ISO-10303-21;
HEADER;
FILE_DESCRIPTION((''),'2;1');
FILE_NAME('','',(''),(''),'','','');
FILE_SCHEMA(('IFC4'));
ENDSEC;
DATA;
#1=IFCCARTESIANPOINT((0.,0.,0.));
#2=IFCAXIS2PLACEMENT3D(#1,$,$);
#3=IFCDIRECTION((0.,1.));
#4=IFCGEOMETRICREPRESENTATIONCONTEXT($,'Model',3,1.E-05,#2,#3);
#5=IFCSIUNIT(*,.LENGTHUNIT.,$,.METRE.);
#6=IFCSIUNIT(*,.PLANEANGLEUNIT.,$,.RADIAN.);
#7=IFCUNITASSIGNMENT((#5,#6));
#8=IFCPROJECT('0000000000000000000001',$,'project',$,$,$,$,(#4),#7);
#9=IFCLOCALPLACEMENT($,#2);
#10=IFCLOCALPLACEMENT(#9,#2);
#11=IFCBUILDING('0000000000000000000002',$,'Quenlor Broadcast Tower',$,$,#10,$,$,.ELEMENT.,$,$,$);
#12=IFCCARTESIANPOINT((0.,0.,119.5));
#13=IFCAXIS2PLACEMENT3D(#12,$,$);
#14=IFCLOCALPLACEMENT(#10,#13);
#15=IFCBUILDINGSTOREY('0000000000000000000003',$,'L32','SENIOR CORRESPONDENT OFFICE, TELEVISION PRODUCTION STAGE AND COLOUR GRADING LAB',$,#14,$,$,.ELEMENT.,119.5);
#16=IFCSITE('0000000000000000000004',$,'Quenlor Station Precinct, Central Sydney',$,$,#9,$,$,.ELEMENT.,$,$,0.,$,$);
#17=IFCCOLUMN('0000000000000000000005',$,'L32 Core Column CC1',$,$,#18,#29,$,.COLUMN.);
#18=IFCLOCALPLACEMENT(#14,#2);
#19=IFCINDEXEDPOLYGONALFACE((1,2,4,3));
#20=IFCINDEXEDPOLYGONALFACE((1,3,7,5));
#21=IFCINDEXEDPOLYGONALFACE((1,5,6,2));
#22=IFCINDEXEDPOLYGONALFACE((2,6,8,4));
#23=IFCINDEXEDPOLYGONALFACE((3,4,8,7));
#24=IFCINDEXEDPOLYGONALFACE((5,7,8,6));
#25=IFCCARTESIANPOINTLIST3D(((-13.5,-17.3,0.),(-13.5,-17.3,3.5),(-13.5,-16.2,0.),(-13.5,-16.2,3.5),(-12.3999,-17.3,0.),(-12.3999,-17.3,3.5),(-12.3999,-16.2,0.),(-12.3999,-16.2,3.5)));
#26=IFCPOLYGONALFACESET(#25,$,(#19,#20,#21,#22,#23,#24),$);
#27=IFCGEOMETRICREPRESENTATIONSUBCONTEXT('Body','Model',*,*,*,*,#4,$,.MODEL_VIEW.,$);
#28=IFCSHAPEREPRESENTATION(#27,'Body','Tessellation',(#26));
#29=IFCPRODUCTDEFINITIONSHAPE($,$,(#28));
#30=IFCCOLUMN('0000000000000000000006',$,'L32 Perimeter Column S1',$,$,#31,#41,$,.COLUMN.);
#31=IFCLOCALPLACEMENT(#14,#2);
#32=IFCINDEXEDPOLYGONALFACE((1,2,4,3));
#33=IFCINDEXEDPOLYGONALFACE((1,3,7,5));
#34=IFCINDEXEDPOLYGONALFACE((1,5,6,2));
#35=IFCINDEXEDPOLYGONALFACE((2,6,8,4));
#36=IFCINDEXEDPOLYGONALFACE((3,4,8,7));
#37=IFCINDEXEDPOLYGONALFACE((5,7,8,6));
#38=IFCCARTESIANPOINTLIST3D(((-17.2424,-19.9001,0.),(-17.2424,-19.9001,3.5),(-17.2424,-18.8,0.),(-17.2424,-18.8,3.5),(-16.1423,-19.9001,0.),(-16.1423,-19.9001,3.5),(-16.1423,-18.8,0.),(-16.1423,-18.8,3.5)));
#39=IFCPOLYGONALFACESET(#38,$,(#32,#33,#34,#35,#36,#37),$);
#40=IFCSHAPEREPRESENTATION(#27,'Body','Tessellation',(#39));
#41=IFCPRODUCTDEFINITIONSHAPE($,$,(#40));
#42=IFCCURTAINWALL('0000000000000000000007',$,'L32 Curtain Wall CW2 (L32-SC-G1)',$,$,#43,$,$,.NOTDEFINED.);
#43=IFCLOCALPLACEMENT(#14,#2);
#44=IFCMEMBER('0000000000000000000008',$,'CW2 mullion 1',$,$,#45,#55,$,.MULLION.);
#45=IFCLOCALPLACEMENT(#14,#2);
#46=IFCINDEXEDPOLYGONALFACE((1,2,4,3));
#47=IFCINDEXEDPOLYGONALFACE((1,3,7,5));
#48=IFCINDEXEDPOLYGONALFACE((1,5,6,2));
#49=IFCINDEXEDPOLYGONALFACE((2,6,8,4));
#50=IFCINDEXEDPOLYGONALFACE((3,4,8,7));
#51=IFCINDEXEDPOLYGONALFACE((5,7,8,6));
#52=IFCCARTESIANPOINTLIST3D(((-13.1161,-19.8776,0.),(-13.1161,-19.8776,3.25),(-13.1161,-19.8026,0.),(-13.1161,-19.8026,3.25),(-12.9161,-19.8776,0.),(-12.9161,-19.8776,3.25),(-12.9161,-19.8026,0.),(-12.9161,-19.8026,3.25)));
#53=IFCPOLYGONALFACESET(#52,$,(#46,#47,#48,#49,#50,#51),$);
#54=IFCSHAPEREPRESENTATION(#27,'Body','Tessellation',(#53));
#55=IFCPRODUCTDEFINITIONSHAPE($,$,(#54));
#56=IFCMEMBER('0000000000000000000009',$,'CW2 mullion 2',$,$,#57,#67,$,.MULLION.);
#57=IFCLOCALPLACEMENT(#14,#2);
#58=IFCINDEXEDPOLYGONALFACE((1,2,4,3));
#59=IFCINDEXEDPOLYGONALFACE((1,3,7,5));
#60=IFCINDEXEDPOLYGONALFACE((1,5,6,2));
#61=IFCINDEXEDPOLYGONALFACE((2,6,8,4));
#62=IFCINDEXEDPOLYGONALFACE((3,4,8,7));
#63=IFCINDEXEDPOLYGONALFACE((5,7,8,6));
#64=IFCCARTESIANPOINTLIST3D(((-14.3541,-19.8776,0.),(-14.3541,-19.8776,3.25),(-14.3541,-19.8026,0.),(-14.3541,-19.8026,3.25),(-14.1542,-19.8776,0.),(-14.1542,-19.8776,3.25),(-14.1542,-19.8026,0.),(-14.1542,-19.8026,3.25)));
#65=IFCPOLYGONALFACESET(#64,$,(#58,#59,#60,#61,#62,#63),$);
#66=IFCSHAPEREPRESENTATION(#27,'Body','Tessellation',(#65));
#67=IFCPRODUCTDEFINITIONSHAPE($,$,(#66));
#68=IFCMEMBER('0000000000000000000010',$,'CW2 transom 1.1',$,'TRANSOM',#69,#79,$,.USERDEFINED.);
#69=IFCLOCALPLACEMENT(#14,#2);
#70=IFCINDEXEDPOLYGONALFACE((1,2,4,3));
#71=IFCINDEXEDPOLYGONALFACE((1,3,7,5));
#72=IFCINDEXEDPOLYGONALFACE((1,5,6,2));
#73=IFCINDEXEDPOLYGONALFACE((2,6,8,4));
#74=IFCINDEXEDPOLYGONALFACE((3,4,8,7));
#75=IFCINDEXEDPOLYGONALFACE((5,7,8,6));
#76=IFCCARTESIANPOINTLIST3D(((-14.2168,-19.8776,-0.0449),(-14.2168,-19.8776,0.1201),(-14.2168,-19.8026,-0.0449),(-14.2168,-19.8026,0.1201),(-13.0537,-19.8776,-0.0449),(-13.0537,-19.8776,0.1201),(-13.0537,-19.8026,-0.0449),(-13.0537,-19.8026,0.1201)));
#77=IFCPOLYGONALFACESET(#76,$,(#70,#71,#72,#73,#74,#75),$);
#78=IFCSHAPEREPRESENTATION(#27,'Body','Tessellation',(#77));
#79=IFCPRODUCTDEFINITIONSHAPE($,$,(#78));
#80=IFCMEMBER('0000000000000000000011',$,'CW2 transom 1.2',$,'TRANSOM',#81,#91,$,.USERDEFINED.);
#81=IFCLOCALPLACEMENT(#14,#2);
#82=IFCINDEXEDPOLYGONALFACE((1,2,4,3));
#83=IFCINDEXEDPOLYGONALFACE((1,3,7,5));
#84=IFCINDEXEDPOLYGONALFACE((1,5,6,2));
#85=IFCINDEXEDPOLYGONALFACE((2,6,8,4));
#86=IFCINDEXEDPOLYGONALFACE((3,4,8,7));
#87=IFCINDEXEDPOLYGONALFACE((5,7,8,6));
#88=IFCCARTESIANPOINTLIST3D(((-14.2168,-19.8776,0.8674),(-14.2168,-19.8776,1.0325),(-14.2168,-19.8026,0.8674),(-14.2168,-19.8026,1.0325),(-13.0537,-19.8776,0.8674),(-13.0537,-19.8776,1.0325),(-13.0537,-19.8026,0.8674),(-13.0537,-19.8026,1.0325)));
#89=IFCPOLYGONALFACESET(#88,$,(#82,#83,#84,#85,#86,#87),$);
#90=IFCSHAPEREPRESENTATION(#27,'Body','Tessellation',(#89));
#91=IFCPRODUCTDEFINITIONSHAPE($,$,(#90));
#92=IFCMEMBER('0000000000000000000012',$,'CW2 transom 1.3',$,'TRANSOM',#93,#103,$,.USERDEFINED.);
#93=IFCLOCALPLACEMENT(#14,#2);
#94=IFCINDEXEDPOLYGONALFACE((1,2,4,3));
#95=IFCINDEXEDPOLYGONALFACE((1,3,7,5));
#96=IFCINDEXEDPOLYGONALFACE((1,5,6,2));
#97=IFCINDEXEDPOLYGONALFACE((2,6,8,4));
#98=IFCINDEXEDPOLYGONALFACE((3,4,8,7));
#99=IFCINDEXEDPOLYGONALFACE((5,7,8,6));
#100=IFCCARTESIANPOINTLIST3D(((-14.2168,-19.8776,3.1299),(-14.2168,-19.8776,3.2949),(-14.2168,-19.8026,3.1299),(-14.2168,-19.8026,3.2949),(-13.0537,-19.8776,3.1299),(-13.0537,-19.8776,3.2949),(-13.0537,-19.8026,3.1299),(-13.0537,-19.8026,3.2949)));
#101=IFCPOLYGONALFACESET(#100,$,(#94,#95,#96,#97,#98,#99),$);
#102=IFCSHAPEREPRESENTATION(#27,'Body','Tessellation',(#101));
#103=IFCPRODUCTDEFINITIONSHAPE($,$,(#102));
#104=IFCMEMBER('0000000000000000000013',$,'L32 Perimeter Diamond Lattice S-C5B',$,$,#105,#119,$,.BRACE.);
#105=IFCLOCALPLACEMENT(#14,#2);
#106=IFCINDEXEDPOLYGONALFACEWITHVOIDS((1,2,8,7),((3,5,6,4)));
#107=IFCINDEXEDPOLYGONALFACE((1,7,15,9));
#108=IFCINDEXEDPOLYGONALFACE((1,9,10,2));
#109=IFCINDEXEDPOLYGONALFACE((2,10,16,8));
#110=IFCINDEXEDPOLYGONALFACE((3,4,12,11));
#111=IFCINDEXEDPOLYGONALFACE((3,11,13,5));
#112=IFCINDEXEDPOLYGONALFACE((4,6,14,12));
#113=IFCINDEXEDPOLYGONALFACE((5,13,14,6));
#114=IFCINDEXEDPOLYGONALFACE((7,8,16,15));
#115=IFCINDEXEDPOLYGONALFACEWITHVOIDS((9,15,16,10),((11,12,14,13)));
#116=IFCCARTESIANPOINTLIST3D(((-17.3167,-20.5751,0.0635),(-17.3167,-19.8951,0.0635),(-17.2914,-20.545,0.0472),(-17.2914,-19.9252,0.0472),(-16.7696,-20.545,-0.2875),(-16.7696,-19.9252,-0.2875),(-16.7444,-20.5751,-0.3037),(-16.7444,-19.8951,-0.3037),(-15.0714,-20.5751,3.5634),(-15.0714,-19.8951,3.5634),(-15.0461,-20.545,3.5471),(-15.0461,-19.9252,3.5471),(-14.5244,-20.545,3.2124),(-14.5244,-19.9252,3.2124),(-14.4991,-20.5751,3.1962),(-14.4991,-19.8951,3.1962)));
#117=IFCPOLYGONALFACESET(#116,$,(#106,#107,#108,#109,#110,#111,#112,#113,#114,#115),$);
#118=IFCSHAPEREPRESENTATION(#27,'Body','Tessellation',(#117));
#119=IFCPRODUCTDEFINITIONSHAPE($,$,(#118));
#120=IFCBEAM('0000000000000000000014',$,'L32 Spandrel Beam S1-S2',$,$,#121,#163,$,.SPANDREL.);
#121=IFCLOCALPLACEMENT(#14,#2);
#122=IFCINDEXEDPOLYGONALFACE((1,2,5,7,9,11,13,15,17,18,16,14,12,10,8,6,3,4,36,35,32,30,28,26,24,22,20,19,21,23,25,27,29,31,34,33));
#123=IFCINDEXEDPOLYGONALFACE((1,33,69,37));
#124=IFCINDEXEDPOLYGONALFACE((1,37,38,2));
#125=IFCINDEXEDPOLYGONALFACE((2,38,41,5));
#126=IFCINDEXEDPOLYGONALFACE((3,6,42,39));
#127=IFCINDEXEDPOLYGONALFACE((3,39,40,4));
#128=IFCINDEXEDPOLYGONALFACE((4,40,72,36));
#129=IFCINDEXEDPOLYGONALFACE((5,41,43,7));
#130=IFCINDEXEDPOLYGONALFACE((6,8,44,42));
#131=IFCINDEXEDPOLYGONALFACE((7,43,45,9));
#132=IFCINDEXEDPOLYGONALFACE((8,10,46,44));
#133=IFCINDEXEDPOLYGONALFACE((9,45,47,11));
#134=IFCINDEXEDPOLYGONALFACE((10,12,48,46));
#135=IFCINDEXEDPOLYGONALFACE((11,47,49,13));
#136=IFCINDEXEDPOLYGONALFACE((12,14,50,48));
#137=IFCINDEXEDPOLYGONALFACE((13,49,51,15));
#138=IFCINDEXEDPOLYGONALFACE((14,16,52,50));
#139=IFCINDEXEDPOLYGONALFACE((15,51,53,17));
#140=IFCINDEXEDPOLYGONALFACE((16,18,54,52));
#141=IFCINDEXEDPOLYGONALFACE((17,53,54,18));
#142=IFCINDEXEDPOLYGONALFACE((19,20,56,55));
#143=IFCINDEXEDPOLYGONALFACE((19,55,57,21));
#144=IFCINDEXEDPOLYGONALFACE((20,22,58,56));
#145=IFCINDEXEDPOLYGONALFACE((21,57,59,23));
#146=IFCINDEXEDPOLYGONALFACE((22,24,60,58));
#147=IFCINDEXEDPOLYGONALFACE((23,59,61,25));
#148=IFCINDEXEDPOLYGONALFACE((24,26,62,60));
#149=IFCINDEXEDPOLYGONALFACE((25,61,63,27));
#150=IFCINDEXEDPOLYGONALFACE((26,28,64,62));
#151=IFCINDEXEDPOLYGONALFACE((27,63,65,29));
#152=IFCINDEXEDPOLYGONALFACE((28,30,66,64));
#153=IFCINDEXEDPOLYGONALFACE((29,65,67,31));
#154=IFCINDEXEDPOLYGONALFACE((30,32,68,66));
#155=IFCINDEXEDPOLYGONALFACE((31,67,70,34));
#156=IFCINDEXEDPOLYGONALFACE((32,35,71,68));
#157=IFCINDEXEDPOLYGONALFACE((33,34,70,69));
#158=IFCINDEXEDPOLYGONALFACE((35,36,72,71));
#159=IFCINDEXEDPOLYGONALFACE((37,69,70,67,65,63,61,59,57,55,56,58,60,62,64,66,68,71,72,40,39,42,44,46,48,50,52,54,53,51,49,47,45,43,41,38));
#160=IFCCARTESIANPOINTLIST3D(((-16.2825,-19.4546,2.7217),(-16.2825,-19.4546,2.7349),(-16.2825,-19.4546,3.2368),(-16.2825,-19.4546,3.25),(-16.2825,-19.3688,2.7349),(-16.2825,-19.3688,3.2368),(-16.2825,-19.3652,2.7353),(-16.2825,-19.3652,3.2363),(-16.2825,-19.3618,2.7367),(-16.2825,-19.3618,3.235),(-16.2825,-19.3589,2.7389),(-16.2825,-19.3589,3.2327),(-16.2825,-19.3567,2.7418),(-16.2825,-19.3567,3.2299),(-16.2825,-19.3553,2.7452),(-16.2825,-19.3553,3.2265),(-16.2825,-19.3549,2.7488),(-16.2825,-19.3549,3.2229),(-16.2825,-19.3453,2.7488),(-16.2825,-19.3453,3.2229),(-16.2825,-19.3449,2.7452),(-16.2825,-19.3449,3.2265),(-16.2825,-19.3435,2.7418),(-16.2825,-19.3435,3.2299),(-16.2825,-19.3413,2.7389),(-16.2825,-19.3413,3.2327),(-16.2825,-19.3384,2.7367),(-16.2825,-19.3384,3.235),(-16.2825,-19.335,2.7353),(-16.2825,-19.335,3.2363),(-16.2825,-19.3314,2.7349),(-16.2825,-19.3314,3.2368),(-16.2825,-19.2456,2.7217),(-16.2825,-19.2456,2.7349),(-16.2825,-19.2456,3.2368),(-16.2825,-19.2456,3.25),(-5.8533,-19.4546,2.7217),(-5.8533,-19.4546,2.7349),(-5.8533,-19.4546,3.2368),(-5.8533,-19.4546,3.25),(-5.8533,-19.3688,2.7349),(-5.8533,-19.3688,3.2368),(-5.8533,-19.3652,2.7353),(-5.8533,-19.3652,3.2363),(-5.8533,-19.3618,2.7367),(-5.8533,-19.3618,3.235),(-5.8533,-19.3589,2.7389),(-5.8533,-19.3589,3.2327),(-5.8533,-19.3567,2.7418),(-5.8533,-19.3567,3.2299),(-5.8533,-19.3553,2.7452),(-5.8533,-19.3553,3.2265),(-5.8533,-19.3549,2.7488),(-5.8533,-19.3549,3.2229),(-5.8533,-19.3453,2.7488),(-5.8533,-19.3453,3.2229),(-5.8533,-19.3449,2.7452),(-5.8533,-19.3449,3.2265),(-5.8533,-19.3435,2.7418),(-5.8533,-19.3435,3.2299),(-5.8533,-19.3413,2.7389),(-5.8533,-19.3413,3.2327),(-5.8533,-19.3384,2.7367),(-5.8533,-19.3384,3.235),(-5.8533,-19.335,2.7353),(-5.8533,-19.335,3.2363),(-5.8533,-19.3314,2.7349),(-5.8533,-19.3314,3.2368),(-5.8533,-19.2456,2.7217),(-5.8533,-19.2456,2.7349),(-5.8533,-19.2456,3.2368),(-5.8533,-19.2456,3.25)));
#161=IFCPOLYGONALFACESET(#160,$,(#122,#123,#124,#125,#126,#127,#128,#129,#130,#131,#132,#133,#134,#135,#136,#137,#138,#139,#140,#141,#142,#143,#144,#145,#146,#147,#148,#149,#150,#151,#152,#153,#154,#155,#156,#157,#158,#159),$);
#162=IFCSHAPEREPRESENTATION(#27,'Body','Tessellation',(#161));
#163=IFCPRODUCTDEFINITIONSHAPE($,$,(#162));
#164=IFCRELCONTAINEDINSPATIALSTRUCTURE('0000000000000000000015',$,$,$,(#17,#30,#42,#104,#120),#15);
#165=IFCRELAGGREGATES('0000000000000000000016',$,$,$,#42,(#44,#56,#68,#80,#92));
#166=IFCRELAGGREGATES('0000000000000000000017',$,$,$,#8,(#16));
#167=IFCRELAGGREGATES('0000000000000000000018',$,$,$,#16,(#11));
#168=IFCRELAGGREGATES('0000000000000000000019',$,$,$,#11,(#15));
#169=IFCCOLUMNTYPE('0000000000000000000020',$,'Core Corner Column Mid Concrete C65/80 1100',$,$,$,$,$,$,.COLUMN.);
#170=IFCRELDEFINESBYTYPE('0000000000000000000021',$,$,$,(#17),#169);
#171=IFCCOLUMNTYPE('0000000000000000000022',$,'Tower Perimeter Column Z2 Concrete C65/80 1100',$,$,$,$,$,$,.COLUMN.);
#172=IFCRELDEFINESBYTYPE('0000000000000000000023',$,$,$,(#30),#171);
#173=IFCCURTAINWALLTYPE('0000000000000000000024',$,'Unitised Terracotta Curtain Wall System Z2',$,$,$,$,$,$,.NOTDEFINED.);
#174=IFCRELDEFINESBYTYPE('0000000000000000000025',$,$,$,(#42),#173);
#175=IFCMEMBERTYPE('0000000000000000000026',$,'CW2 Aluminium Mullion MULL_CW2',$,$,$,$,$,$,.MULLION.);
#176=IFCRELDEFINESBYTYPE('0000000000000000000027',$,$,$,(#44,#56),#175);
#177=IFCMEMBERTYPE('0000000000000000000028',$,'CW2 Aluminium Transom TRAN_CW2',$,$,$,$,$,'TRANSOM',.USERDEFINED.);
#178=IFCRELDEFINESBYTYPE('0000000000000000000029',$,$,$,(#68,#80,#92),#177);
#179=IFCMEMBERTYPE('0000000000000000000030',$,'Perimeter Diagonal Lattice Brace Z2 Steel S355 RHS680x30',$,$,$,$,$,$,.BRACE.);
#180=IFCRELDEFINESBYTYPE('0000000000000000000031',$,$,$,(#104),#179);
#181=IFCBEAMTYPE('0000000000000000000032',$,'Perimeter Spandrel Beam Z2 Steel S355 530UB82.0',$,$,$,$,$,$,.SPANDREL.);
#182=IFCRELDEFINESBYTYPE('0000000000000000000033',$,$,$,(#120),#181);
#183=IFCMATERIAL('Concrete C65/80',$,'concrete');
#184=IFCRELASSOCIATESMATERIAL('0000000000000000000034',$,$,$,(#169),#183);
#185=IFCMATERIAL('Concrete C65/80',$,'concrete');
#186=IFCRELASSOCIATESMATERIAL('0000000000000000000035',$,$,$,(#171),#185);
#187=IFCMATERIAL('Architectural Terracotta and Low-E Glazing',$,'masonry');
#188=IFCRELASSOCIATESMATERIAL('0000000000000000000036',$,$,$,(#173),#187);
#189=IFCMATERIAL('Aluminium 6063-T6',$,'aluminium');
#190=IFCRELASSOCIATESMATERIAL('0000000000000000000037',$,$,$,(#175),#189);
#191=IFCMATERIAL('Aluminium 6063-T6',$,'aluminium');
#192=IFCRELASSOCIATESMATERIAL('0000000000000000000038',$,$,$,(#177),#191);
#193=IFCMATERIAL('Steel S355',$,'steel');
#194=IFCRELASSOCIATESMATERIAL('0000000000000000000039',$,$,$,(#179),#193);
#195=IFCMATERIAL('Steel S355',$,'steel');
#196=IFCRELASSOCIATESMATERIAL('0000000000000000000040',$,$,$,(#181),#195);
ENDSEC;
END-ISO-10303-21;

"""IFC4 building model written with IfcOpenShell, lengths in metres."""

from ifc_helpers import new_model, si_unit, direction, frame, origin, origin_2d, place, context, subcontext, project, spatial, rectangle, hollow_rectangle, i_section, extrude, material, material_profile, profile_set, type_object, element, aggregate, save


model = new_model("IFC4")

# Units and contexts
model_context = context("Model", 3, precision=1e-05, world=origin(), true_north=direction((0.0, 1.0)))
body_context = subcontext(model_context, "Body", "Model", "MODEL_VIEW")
ifc_project = project(units=[si_unit("LENGTHUNIT", "METRE"), si_unit("PLANEANGLEUNIT", "RADIAN")], contexts=[model_context])

# Site, building, storey
site_placement = place(None, origin())
site = spatial("IfcSite", under=ifc_project, at=site_placement, Name="Quenlor Station Precinct, Central Sydney", CompositionType="ELEMENT", RefElevation=0.0)
building_placement = place(site_placement, origin())
building = spatial("IfcBuilding", under=site, at=building_placement, Name="Quenlor Broadcast Tower", CompositionType="ELEMENT")
storey_placement = place(building_placement, frame((0.0, 0.0, 119.5)))
storey = spatial("IfcBuildingStorey", under=building, at=storey_placement, Name="L32", Description="SENIOR CORRESPONDENT OFFICE, TELEVISION PRODUCTION STAGE AND COLOUR GRADING LAB", CompositionType="ELEMENT", Elevation=119.5)

# Columns
ifc_material_1 = material(Name="Concrete C65/80", Category="concrete")
ifc_material_profile_1 = material_profile(ifc_material_1, rectangle(XDim=1.1001, YDim=1.1001, at=origin_2d()))
ifc_profile_set_1 = profile_set([ifc_material_profile_1], Name="Concrete C65/80 RC1100x1100")
column_type_1 = type_object("IfcColumnType", Name="Core Corner Column Mid Concrete C65/80 1100", PredefinedType="COLUMN", material=ifc_profile_set_1)
column_1_placement = place(storey_placement, frame((-12.95, -16.75, 0.0), z_axis=(0.0, 0.0, 1.0), x_axis=(1.0, 0.0, 0.0)))
element("IfcColumn", 1, at=column_1_placement, inside=storey, type_object=column_type_1, Name="L32 Core Column CC1", PredefinedType="COLUMN", context=body_context, shape_type="SweptSolid", body=[
    extrude(rectangle(XDim=1.1001, YDim=1.1001, at=origin_2d()), origin(), (0.0, 0.0, 1.0), 3.5),
])
ifc_material_2 = material(Name="Concrete C65/80", Category="concrete")
ifc_material_profile_2 = material_profile(ifc_material_2, rectangle(XDim=1.1001, YDim=1.1001, at=origin_2d()))
ifc_profile_set_2 = profile_set([ifc_material_profile_2], Name="Concrete C65/80 RC1100x1100")
column_type_2 = type_object("IfcColumnType", Name="Tower Perimeter Column Z2 Concrete C65/80 1100", PredefinedType="COLUMN", material=ifc_profile_set_2)
column_2_placement = place(storey_placement, frame((-16.6924, -19.3501, 0.0), z_axis=(0.0, 0.0, 1.0), x_axis=(0.0, 1.0, 0.0)))
element("IfcColumn", 2, at=column_2_placement, inside=storey, type_object=column_type_2, Name="L32 Perimeter Column S1", PredefinedType="COLUMN", context=body_context, shape_type="SweptSolid", body=[
    extrude(rectangle(XDim=1.1001, YDim=1.1001, at=origin_2d()), origin(), (0.0, 0.0, 1.0), 3.5),
])

# Curtain wall, members
ifc_material_3 = material(Name="Architectural Terracotta and Low-E Glazing", Category="masonry")
curtain_wall_type = type_object("IfcCurtainWallType", Name="Unitised Terracotta Curtain Wall System Z2", PredefinedType="NOTDEFINED", material=ifc_material_3)
curtain_wall_placement = place(storey_placement, origin())
curtain_wall = element("IfcCurtainWall", 3, at=curtain_wall_placement, inside=storey, type_object=curtain_wall_type, Name="L32 Curtain Wall CW2 (L32-SC-G1)", PredefinedType="NOTDEFINED")
ifc_material_4 = material(Name="Aluminium 6063-T6", Category="aluminium")
ifc_material_profile_3 = material_profile(ifc_material_4, rectangle(XDim=0.075, YDim=0.2, at=origin_2d()))
ifc_profile_set_3 = profile_set([ifc_material_profile_3], Name="Aluminium 6063-T6 MULL75x200")
member_type_1 = type_object("IfcMemberType", Name="CW2 Aluminium Mullion MULL_CW2", PredefinedType="MULLION", material=ifc_profile_set_3)
member_1_placement = place(storey_placement, frame((-13.0161, -19.8401, 0.0), z_axis=(0.0, 0.0, 1.0), x_axis=(0.0, -1.0, 0.0)))
member_1 = element("IfcMember", 4, at=member_1_placement, type_object=member_type_1, Name="CW2 mullion 1", PredefinedType="MULLION", context=body_context, shape_type="SweptSolid", body=[
    extrude(rectangle(XDim=0.075, YDim=0.2, at=origin_2d()), origin(), (0.0, 0.0, 1.0), 3.25),
])
member_2_placement = place(storey_placement, frame((-14.2542, -19.8401, 0.0), z_axis=(0.0, 0.0, 1.0), x_axis=(0.0, -1.0, 0.0)))
member_2 = element("IfcMember", 5, at=member_2_placement, type_object=member_type_1, Name="CW2 mullion 2", PredefinedType="MULLION", context=body_context, shape_type="SweptSolid", body=[
    extrude(rectangle(XDim=0.075, YDim=0.2, at=origin_2d()), origin(), (0.0, 0.0, 1.0), 3.25),
])
ifc_material_5 = material(Name="Aluminium 6063-T6", Category="aluminium")
ifc_material_profile_4 = material_profile(ifc_material_5, rectangle(XDim=0.075, YDim=0.165, at=origin_2d()))
ifc_profile_set_4 = profile_set([ifc_material_profile_4], Name="Aluminium 6063-T6 TRAN75x165")
member_type_2 = type_object("IfcMemberType", Name="CW2 Aluminium Transom TRAN_CW2", ElementType="TRANSOM", PredefinedType="USERDEFINED", material=ifc_profile_set_4)
member_3_placement = place(storey_placement, frame((-13.0537, -19.8401, 0.0376), z_axis=(-1.0, 0.0, 0.0), x_axis=(0.0, -1.0, 0.0)))
member_3 = element("IfcMember", 6, at=member_3_placement, type_object=member_type_2, Name="CW2 transom 1.1", ObjectType="TRANSOM", PredefinedType="USERDEFINED", context=body_context, shape_type="SweptSolid", body=[
    extrude(rectangle(XDim=0.075, YDim=0.165, at=origin_2d()), origin(), (0.0, 0.0, 1.0), 1.1631),
])
member_4_placement = place(storey_placement, frame((-13.0537, -19.8401, 0.95), z_axis=(-1.0, 0.0, 0.0), x_axis=(0.0, -1.0, 0.0)))
member_4 = element("IfcMember", 7, at=member_4_placement, type_object=member_type_2, Name="CW2 transom 1.2", ObjectType="TRANSOM", PredefinedType="USERDEFINED", context=body_context, shape_type="SweptSolid", body=[
    extrude(rectangle(XDim=0.075, YDim=0.165, at=origin_2d()), origin(), (0.0, 0.0, 1.0), 1.1631),
])
member_5_placement = place(storey_placement, frame((-13.0537, -19.8401, 3.2124), z_axis=(-1.0, 0.0, 0.0), x_axis=(0.0, -1.0, 0.0)))
member_5 = element("IfcMember", 8, at=member_5_placement, type_object=member_type_2, Name="CW2 transom 1.3", ObjectType="TRANSOM", PredefinedType="USERDEFINED", context=body_context, shape_type="SweptSolid", body=[
    extrude(rectangle(XDim=0.075, YDim=0.165, at=origin_2d()), origin(), (0.0, 0.0, 1.0), 1.1631),
])

# Member
ifc_material_6 = material(Name="Steel S355", Category="steel")
ifc_material_profile_5 = material_profile(ifc_material_6, hollow_rectangle(XDim=0.6799, YDim=0.6799, WallThickness=0.03, at=origin_2d()))
ifc_profile_set_5 = profile_set([ifc_material_profile_5], Name="Steel S355 RHS680x680x30")
member_type_3 = type_object("IfcMemberType", Name="Perimeter Diagonal Lattice Brace Z2 Steel S355 RHS680x30", PredefinedType="BRACE", material=ifc_profile_set_5)
member_6_placement = place(storey_placement, frame((-17.0305, -20.2351, -0.1201), z_axis=(0.539968, 0.0, 0.841686), x_axis=(0.0, 1.0, 0.0)))
element("IfcMember", 9, at=member_6_placement, inside=storey, type_object=member_type_3, Name="L32 Perimeter Diamond Lattice S-C5B", PredefinedType="BRACE", context=body_context, shape_type="SweptSolid", body=[
    extrude(hollow_rectangle(XDim=0.6799, YDim=0.6799, WallThickness=0.03, at=origin_2d()), origin(), (0.0, 0.0, 1.0), 4.1582),
])

# Beam
ifc_material_7 = material(Name="Steel S355", Category="steel")
ifc_material_profile_6 = material_profile(ifc_material_7, i_section(OverallWidth=0.209, OverallDepth=0.5283, WebThickness=0.0095, FlangeThickness=0.0132, FilletRadius=0.0139, at=origin_2d()))
ifc_profile_set_6 = profile_set([ifc_material_profile_6], Name="Steel S355 530UB82.0")
beam_type_1 = type_object("IfcBeamType", Name="Perimeter Spandrel Beam Z2 Steel S355 530UB82.0", PredefinedType="SPANDREL", material=ifc_profile_set_6)
beam_1_placement = place(storey_placement, frame((-16.2825, -19.3501, 2.9858), z_axis=(1.0, 0.0, 0.0), x_axis=(0.0, 1.0, 0.0)))
element("IfcBeam", 10, at=beam_1_placement, inside=storey, type_object=beam_type_1, Name="L32 Spandrel Beam S1-S2", PredefinedType="SPANDREL", context=body_context, shape_type="SweptSolid", body=[
    extrude(i_section(OverallWidth=0.209, OverallDepth=0.5283, WebThickness=0.0095, FlangeThickness=0.0132, FilletRadius=0.0139, at=origin_2d()), origin(), (0.0, 0.0, 1.0), 10.4292),
])

aggregate(curtain_wall, [member_1, member_2, member_3, member_4, member_5])

save(model, "model.ifc")
